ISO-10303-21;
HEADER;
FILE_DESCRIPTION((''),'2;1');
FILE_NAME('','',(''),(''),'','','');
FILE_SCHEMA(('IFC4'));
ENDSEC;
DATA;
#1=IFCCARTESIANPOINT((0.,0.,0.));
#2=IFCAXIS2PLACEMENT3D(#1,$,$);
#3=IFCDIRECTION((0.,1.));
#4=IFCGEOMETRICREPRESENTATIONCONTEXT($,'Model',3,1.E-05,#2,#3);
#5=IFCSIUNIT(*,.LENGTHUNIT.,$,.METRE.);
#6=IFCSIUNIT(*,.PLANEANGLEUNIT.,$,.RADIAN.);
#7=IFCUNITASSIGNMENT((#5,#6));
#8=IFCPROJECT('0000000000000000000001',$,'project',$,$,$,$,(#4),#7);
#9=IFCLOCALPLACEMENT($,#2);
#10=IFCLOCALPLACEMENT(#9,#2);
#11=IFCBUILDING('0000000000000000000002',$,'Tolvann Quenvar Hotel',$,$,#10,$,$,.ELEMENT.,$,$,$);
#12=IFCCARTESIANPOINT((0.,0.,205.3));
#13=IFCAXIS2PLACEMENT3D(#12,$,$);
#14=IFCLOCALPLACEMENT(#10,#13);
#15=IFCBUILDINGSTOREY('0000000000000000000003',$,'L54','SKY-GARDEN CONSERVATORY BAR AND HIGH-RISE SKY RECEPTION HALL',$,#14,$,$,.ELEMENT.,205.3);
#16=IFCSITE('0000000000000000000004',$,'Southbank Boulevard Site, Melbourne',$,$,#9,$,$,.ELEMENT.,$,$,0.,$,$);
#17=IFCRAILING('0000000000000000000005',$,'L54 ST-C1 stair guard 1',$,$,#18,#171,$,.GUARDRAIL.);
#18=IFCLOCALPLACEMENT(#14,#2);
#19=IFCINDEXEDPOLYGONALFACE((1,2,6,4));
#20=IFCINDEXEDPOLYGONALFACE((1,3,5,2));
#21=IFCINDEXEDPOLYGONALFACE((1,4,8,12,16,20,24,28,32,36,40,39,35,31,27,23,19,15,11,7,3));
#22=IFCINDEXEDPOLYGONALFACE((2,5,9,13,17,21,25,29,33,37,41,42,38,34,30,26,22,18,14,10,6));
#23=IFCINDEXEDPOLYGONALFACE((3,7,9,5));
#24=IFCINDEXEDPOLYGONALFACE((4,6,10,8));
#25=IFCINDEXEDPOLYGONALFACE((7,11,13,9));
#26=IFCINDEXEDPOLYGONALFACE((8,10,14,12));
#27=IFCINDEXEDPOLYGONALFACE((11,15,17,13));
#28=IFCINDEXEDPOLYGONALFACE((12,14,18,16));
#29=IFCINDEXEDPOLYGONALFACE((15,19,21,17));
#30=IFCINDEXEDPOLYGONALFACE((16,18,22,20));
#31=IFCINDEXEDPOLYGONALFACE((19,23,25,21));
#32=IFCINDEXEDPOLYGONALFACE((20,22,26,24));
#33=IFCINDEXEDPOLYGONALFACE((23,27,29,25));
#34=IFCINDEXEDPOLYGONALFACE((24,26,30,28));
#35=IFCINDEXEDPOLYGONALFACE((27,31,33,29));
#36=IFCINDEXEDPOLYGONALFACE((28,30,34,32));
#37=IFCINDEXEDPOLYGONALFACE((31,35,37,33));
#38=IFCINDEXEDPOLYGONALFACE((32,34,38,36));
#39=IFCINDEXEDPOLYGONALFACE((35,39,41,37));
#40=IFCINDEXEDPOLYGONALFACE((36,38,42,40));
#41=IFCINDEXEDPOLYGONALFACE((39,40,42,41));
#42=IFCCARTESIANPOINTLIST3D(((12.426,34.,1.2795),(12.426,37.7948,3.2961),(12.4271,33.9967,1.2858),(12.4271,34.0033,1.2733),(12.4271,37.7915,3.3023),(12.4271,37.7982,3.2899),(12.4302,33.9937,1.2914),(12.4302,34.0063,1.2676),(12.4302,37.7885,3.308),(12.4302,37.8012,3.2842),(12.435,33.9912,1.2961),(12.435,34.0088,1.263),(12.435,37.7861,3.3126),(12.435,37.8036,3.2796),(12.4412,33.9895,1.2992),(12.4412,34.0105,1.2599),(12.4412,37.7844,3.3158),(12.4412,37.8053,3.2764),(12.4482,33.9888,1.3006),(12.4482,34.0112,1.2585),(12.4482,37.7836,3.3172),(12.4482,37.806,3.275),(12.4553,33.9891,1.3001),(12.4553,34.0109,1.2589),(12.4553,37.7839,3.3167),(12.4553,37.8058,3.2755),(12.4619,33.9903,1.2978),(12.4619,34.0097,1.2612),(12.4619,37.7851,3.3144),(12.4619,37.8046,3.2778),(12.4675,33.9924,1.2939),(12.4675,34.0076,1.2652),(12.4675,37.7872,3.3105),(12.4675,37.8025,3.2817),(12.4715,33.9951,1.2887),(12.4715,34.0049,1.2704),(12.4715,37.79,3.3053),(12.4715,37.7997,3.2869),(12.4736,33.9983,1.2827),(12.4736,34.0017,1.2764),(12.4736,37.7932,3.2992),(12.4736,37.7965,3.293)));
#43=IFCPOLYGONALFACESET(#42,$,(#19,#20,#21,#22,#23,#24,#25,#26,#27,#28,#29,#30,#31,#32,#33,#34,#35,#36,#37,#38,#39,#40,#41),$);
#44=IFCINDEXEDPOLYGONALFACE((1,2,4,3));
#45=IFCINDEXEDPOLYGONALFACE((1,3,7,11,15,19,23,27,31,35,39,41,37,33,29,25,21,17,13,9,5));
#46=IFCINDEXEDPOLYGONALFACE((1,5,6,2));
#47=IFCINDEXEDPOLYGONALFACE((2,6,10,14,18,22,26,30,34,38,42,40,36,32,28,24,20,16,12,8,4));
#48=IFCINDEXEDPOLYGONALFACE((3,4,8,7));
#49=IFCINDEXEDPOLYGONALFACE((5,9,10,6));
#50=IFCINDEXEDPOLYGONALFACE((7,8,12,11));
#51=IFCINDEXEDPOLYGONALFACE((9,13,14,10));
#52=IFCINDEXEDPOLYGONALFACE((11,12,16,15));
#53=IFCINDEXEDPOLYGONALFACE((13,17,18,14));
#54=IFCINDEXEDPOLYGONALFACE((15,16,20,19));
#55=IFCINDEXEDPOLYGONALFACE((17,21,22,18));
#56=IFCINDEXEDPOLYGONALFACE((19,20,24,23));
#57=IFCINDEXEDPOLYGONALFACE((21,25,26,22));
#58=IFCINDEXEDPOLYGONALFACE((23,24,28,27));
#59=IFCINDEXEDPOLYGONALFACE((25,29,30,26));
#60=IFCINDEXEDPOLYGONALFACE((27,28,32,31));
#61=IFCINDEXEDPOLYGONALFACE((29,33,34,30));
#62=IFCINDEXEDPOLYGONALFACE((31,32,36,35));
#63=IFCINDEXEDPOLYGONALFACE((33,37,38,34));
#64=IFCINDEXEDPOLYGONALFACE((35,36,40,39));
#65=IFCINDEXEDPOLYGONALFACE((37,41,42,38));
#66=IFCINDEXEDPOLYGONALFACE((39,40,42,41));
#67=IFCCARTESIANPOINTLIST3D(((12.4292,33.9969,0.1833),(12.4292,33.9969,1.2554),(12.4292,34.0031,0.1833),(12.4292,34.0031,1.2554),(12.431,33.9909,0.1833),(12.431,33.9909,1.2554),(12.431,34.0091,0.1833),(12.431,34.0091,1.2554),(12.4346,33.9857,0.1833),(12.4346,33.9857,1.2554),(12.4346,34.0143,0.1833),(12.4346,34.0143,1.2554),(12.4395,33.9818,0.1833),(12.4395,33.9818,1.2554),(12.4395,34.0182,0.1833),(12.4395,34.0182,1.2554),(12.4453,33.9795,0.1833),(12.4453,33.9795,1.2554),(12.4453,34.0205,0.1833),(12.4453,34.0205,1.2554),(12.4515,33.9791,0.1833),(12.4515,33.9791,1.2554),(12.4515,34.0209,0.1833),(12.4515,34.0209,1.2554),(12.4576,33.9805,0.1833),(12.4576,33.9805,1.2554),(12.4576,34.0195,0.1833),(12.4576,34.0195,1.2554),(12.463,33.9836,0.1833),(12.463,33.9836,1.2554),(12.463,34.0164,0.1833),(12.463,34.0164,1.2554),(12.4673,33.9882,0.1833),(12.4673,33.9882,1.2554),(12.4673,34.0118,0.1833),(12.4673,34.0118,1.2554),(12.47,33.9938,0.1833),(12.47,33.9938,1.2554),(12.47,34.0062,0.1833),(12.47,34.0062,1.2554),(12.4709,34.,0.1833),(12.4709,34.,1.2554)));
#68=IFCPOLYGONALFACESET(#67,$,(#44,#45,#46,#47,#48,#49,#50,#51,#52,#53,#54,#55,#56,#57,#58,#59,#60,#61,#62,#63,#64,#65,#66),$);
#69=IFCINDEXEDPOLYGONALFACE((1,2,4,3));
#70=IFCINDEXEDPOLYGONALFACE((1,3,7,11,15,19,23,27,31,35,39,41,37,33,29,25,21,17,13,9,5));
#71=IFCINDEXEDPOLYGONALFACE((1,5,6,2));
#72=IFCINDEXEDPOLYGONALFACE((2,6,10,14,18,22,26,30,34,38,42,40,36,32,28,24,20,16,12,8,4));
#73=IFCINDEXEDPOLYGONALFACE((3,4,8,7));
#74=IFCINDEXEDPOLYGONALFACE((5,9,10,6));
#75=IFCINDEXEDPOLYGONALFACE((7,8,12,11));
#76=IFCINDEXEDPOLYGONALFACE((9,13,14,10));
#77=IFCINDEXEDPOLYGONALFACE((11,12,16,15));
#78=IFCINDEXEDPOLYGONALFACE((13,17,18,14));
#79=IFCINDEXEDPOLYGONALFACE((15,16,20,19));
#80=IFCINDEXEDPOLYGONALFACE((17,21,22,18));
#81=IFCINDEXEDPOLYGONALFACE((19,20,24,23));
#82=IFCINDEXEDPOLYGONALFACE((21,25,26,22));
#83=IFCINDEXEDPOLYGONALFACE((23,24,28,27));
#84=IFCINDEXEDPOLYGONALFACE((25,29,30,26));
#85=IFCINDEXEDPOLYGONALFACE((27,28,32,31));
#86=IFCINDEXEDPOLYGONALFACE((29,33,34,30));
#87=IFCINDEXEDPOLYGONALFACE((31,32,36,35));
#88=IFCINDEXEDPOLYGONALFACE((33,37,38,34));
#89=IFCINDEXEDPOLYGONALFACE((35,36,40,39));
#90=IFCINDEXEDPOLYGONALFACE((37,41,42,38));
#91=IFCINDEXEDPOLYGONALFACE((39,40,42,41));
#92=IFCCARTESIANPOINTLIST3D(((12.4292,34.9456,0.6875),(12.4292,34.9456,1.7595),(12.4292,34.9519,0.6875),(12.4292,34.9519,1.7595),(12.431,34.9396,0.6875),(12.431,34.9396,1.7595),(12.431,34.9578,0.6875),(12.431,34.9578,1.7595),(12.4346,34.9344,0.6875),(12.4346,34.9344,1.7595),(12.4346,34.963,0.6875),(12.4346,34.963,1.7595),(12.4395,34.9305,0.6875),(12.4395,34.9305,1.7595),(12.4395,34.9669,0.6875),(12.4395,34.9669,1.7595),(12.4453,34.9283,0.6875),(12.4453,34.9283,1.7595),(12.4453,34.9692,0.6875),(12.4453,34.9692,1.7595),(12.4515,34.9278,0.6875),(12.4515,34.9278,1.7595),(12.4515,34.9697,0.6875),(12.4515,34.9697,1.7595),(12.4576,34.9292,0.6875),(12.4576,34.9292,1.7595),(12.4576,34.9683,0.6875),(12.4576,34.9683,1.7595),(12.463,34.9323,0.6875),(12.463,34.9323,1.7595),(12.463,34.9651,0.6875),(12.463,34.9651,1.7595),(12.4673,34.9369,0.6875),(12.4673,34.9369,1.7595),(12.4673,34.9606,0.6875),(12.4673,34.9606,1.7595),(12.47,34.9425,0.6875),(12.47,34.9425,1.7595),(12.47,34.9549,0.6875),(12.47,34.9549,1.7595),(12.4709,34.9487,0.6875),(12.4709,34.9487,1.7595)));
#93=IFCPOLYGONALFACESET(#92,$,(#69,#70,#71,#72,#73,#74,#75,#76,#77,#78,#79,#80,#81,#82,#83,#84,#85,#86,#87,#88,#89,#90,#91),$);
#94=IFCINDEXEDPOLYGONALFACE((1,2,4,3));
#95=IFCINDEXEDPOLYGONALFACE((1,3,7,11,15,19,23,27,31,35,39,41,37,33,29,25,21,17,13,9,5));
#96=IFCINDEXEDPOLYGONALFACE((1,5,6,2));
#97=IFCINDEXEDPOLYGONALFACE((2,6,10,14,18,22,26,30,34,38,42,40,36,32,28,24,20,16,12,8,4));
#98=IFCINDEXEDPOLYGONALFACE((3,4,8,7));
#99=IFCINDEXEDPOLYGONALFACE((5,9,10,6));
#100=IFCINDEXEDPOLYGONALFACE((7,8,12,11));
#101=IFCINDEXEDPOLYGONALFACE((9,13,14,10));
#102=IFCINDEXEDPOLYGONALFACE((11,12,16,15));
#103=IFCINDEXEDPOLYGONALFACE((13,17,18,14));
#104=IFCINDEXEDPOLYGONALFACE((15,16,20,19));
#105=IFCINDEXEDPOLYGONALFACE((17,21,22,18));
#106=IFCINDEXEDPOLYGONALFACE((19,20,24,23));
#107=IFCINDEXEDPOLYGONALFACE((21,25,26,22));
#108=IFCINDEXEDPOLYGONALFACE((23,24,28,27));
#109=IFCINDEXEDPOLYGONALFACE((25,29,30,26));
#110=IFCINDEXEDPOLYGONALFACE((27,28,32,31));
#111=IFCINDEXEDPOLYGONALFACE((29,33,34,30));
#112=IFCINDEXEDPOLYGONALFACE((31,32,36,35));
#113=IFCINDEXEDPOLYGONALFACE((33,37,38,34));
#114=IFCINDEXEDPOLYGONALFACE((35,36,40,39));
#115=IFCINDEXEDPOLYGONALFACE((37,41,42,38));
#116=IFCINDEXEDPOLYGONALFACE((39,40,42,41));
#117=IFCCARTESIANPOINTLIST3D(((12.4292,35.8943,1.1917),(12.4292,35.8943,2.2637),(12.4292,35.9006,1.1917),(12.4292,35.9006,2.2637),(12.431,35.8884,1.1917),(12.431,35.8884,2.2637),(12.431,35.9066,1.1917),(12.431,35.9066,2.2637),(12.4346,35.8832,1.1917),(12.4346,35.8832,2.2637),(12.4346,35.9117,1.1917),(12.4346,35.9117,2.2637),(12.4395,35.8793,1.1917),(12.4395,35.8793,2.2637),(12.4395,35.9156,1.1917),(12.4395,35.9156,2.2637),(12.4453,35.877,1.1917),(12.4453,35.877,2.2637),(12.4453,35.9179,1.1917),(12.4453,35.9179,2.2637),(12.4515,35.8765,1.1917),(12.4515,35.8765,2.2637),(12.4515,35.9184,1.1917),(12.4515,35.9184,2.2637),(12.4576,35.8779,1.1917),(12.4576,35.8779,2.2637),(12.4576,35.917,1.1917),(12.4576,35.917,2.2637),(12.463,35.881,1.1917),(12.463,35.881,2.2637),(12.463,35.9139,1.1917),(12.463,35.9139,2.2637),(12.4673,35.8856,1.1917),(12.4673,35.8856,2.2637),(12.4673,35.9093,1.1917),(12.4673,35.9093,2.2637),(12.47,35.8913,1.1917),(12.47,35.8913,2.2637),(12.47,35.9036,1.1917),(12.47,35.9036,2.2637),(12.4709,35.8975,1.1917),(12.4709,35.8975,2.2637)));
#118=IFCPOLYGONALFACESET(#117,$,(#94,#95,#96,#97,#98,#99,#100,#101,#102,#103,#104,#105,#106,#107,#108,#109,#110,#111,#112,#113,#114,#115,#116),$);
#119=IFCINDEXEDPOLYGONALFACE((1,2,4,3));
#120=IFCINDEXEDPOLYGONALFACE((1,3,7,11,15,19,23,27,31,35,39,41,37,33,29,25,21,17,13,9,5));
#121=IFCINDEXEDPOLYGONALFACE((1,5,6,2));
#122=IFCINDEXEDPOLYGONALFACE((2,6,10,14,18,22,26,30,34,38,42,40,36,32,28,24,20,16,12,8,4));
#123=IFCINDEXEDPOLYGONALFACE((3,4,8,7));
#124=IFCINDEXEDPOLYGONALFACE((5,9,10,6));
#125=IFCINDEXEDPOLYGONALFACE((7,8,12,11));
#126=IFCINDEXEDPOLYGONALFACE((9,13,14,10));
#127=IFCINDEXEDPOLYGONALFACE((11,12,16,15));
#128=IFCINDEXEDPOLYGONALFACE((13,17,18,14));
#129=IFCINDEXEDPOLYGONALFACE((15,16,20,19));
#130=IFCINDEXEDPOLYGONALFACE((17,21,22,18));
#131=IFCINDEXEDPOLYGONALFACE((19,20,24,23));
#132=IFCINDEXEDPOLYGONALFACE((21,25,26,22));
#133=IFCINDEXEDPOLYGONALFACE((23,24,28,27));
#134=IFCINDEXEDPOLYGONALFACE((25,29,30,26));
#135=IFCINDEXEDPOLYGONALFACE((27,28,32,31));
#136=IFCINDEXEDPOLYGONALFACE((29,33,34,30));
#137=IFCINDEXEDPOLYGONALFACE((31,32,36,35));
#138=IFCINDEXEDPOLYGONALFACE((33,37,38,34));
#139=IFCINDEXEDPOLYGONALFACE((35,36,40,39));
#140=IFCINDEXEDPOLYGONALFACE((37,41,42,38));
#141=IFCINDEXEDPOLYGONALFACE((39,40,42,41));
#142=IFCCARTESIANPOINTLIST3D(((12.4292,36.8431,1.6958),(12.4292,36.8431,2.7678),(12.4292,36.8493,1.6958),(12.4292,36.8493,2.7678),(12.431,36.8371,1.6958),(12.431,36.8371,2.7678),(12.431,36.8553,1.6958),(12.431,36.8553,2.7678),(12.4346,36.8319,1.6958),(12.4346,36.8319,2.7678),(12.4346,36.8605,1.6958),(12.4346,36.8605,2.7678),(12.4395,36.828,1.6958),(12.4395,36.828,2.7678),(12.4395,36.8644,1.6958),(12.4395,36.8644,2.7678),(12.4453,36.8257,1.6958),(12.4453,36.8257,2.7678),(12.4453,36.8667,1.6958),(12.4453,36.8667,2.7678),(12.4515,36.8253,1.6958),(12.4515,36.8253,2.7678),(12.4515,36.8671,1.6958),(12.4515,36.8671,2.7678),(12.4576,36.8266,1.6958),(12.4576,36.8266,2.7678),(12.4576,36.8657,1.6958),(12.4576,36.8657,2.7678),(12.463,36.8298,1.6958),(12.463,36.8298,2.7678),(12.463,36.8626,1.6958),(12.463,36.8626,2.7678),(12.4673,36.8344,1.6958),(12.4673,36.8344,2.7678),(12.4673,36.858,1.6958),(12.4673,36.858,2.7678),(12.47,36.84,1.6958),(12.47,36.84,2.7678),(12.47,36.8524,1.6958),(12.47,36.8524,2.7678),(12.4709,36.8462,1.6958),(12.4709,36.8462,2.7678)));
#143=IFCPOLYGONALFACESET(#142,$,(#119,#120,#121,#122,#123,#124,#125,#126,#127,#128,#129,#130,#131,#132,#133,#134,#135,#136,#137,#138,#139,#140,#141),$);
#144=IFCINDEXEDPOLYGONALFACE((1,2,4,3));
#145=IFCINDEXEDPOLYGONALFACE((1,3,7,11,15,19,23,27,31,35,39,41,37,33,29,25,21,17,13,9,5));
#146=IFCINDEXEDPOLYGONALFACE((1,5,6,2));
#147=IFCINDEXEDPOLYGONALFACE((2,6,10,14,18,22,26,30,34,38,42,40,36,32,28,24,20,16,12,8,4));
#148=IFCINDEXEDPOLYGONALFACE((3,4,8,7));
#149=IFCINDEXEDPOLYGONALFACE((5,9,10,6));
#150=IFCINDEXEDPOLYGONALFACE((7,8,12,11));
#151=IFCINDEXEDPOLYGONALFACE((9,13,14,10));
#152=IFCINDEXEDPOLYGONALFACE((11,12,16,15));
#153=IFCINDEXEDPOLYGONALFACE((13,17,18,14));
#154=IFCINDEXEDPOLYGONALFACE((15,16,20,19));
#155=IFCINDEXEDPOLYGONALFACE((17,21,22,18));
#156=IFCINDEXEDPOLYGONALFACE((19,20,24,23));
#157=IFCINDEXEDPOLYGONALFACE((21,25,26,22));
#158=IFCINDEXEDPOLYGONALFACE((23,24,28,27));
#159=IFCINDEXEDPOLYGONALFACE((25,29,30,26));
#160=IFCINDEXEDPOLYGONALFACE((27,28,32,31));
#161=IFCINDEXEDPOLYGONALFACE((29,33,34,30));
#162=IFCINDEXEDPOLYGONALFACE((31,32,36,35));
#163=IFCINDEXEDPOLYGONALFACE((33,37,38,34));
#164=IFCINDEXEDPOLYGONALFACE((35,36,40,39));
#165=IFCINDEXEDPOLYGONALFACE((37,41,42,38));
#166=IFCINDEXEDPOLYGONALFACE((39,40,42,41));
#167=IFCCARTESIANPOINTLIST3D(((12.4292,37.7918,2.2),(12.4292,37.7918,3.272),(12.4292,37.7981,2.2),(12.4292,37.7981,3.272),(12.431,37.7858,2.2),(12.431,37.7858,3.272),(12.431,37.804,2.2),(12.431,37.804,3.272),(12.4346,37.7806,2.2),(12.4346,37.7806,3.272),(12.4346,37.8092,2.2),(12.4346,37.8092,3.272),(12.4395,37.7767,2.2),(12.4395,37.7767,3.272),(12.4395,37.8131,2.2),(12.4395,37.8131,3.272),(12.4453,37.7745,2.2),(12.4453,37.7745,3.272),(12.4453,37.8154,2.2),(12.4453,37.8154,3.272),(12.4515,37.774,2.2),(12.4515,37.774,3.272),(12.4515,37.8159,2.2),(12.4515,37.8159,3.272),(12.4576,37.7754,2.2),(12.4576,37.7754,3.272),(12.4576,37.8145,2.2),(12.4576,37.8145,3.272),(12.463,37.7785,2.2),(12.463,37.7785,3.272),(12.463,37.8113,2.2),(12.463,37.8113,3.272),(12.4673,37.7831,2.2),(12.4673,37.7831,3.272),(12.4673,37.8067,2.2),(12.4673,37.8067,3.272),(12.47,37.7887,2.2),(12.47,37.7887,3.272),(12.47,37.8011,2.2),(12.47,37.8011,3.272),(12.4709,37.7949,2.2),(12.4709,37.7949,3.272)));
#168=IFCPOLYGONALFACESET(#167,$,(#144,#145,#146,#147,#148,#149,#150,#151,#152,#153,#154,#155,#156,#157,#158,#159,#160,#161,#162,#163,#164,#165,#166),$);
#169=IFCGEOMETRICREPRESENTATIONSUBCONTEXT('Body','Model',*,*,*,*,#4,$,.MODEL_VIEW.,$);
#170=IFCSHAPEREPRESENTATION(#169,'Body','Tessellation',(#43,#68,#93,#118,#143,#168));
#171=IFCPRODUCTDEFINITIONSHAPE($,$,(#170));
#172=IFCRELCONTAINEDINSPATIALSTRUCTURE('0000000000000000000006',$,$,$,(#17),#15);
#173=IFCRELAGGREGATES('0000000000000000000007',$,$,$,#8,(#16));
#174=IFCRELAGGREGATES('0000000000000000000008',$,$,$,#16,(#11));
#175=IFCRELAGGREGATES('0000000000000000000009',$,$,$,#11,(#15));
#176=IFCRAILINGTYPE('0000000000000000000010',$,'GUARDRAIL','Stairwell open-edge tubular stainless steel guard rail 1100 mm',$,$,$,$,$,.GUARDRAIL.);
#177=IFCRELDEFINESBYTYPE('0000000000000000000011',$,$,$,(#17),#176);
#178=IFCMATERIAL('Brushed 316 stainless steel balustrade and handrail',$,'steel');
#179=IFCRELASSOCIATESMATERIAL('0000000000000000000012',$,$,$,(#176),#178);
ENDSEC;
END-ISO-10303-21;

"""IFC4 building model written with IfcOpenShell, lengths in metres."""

from ifc_helpers import new_model, si_unit, direction, frame, origin, origin_2d, place, context, subcontext, project, spatial, circle, extrude, material, type_object, element, save


model = new_model("IFC4")

# Units and contexts
model_context = context("Model", 3, precision=1e-05, world=origin(), true_north=direction((0.0, 1.0)))
body_context = subcontext(model_context, "Body", "Model", "MODEL_VIEW")
ifc_project = project(units=[si_unit("LENGTHUNIT", "METRE"), si_unit("PLANEANGLEUNIT", "RADIAN")], contexts=[model_context])

# Site, building, storey
site_placement = place(None, origin())
site = spatial("IfcSite", under=ifc_project, at=site_placement, Name="Southbank Boulevard Site, Melbourne", CompositionType="ELEMENT", RefElevation=0.0)
building_placement = place(site_placement, origin())
building = spatial("IfcBuilding", under=site, at=building_placement, Name="Tolvann Quenvar Hotel", CompositionType="ELEMENT")
storey_placement = place(building_placement, frame((0.0, 0.0, 205.3)))
storey = spatial("IfcBuildingStorey", under=building, at=storey_placement, Name="L54", Description="SKY-GARDEN CONSERVATORY BAR AND HIGH-RISE SKY RECEPTION HALL", CompositionType="ELEMENT", Elevation=205.3)

# Railing
ifc_material_1 = material(Name="Brushed 316 stainless steel balustrade and handrail", Category="steel")
railing_type_1 = type_object("IfcRailingType", Name="GUARDRAIL", Description="Stairwell open-edge tubular stainless steel guard rail 1100 mm", PredefinedType="GUARDRAIL", material=ifc_material_1)
railing_1_placement = place(storey_placement, frame((12.45, 34.0, 0.1833)))
element("IfcRailing", 1, at=railing_1_placement, inside=storey, type_object=railing_type_1, Name="L54 ST-C1 stair guard 1", PredefinedType="GUARDRAIL", context=body_context, shape_type="SweptSolid", body=[
    extrude(circle(Radius=0.0239, at=origin_2d()), frame((0.0, 0.0, 1.0962), z_axis=(0.0, 0.883063, 0.469255), x_axis=(-1.0, 0.0, 0.0)), (0.0, 0.0, 1.0), 4.2974),
    extrude(circle(Radius=0.021, at=origin_2d()), origin(), (0.0, 0.0, 1.0), 1.072),
    extrude(circle(Radius=0.021, at=origin_2d()), frame((0.0, 0.9487, 0.5042)), (0.0, 0.0, 1.0), 1.072),
    extrude(circle(Radius=0.021, at=origin_2d()), frame((0.0, 1.8975, 1.0083)), (0.0, 0.0, 1.0), 1.072),
    extrude(circle(Radius=0.021, at=origin_2d()), frame((0.0, 2.8462, 1.5125)), (0.0, 0.0, 1.0), 1.072),
    extrude(circle(Radius=0.021, at=origin_2d()), frame((0.0, 3.7949, 2.0166)), (0.0, 0.0, 1.0), 1.072),
])

save(model, "model.ifc")
